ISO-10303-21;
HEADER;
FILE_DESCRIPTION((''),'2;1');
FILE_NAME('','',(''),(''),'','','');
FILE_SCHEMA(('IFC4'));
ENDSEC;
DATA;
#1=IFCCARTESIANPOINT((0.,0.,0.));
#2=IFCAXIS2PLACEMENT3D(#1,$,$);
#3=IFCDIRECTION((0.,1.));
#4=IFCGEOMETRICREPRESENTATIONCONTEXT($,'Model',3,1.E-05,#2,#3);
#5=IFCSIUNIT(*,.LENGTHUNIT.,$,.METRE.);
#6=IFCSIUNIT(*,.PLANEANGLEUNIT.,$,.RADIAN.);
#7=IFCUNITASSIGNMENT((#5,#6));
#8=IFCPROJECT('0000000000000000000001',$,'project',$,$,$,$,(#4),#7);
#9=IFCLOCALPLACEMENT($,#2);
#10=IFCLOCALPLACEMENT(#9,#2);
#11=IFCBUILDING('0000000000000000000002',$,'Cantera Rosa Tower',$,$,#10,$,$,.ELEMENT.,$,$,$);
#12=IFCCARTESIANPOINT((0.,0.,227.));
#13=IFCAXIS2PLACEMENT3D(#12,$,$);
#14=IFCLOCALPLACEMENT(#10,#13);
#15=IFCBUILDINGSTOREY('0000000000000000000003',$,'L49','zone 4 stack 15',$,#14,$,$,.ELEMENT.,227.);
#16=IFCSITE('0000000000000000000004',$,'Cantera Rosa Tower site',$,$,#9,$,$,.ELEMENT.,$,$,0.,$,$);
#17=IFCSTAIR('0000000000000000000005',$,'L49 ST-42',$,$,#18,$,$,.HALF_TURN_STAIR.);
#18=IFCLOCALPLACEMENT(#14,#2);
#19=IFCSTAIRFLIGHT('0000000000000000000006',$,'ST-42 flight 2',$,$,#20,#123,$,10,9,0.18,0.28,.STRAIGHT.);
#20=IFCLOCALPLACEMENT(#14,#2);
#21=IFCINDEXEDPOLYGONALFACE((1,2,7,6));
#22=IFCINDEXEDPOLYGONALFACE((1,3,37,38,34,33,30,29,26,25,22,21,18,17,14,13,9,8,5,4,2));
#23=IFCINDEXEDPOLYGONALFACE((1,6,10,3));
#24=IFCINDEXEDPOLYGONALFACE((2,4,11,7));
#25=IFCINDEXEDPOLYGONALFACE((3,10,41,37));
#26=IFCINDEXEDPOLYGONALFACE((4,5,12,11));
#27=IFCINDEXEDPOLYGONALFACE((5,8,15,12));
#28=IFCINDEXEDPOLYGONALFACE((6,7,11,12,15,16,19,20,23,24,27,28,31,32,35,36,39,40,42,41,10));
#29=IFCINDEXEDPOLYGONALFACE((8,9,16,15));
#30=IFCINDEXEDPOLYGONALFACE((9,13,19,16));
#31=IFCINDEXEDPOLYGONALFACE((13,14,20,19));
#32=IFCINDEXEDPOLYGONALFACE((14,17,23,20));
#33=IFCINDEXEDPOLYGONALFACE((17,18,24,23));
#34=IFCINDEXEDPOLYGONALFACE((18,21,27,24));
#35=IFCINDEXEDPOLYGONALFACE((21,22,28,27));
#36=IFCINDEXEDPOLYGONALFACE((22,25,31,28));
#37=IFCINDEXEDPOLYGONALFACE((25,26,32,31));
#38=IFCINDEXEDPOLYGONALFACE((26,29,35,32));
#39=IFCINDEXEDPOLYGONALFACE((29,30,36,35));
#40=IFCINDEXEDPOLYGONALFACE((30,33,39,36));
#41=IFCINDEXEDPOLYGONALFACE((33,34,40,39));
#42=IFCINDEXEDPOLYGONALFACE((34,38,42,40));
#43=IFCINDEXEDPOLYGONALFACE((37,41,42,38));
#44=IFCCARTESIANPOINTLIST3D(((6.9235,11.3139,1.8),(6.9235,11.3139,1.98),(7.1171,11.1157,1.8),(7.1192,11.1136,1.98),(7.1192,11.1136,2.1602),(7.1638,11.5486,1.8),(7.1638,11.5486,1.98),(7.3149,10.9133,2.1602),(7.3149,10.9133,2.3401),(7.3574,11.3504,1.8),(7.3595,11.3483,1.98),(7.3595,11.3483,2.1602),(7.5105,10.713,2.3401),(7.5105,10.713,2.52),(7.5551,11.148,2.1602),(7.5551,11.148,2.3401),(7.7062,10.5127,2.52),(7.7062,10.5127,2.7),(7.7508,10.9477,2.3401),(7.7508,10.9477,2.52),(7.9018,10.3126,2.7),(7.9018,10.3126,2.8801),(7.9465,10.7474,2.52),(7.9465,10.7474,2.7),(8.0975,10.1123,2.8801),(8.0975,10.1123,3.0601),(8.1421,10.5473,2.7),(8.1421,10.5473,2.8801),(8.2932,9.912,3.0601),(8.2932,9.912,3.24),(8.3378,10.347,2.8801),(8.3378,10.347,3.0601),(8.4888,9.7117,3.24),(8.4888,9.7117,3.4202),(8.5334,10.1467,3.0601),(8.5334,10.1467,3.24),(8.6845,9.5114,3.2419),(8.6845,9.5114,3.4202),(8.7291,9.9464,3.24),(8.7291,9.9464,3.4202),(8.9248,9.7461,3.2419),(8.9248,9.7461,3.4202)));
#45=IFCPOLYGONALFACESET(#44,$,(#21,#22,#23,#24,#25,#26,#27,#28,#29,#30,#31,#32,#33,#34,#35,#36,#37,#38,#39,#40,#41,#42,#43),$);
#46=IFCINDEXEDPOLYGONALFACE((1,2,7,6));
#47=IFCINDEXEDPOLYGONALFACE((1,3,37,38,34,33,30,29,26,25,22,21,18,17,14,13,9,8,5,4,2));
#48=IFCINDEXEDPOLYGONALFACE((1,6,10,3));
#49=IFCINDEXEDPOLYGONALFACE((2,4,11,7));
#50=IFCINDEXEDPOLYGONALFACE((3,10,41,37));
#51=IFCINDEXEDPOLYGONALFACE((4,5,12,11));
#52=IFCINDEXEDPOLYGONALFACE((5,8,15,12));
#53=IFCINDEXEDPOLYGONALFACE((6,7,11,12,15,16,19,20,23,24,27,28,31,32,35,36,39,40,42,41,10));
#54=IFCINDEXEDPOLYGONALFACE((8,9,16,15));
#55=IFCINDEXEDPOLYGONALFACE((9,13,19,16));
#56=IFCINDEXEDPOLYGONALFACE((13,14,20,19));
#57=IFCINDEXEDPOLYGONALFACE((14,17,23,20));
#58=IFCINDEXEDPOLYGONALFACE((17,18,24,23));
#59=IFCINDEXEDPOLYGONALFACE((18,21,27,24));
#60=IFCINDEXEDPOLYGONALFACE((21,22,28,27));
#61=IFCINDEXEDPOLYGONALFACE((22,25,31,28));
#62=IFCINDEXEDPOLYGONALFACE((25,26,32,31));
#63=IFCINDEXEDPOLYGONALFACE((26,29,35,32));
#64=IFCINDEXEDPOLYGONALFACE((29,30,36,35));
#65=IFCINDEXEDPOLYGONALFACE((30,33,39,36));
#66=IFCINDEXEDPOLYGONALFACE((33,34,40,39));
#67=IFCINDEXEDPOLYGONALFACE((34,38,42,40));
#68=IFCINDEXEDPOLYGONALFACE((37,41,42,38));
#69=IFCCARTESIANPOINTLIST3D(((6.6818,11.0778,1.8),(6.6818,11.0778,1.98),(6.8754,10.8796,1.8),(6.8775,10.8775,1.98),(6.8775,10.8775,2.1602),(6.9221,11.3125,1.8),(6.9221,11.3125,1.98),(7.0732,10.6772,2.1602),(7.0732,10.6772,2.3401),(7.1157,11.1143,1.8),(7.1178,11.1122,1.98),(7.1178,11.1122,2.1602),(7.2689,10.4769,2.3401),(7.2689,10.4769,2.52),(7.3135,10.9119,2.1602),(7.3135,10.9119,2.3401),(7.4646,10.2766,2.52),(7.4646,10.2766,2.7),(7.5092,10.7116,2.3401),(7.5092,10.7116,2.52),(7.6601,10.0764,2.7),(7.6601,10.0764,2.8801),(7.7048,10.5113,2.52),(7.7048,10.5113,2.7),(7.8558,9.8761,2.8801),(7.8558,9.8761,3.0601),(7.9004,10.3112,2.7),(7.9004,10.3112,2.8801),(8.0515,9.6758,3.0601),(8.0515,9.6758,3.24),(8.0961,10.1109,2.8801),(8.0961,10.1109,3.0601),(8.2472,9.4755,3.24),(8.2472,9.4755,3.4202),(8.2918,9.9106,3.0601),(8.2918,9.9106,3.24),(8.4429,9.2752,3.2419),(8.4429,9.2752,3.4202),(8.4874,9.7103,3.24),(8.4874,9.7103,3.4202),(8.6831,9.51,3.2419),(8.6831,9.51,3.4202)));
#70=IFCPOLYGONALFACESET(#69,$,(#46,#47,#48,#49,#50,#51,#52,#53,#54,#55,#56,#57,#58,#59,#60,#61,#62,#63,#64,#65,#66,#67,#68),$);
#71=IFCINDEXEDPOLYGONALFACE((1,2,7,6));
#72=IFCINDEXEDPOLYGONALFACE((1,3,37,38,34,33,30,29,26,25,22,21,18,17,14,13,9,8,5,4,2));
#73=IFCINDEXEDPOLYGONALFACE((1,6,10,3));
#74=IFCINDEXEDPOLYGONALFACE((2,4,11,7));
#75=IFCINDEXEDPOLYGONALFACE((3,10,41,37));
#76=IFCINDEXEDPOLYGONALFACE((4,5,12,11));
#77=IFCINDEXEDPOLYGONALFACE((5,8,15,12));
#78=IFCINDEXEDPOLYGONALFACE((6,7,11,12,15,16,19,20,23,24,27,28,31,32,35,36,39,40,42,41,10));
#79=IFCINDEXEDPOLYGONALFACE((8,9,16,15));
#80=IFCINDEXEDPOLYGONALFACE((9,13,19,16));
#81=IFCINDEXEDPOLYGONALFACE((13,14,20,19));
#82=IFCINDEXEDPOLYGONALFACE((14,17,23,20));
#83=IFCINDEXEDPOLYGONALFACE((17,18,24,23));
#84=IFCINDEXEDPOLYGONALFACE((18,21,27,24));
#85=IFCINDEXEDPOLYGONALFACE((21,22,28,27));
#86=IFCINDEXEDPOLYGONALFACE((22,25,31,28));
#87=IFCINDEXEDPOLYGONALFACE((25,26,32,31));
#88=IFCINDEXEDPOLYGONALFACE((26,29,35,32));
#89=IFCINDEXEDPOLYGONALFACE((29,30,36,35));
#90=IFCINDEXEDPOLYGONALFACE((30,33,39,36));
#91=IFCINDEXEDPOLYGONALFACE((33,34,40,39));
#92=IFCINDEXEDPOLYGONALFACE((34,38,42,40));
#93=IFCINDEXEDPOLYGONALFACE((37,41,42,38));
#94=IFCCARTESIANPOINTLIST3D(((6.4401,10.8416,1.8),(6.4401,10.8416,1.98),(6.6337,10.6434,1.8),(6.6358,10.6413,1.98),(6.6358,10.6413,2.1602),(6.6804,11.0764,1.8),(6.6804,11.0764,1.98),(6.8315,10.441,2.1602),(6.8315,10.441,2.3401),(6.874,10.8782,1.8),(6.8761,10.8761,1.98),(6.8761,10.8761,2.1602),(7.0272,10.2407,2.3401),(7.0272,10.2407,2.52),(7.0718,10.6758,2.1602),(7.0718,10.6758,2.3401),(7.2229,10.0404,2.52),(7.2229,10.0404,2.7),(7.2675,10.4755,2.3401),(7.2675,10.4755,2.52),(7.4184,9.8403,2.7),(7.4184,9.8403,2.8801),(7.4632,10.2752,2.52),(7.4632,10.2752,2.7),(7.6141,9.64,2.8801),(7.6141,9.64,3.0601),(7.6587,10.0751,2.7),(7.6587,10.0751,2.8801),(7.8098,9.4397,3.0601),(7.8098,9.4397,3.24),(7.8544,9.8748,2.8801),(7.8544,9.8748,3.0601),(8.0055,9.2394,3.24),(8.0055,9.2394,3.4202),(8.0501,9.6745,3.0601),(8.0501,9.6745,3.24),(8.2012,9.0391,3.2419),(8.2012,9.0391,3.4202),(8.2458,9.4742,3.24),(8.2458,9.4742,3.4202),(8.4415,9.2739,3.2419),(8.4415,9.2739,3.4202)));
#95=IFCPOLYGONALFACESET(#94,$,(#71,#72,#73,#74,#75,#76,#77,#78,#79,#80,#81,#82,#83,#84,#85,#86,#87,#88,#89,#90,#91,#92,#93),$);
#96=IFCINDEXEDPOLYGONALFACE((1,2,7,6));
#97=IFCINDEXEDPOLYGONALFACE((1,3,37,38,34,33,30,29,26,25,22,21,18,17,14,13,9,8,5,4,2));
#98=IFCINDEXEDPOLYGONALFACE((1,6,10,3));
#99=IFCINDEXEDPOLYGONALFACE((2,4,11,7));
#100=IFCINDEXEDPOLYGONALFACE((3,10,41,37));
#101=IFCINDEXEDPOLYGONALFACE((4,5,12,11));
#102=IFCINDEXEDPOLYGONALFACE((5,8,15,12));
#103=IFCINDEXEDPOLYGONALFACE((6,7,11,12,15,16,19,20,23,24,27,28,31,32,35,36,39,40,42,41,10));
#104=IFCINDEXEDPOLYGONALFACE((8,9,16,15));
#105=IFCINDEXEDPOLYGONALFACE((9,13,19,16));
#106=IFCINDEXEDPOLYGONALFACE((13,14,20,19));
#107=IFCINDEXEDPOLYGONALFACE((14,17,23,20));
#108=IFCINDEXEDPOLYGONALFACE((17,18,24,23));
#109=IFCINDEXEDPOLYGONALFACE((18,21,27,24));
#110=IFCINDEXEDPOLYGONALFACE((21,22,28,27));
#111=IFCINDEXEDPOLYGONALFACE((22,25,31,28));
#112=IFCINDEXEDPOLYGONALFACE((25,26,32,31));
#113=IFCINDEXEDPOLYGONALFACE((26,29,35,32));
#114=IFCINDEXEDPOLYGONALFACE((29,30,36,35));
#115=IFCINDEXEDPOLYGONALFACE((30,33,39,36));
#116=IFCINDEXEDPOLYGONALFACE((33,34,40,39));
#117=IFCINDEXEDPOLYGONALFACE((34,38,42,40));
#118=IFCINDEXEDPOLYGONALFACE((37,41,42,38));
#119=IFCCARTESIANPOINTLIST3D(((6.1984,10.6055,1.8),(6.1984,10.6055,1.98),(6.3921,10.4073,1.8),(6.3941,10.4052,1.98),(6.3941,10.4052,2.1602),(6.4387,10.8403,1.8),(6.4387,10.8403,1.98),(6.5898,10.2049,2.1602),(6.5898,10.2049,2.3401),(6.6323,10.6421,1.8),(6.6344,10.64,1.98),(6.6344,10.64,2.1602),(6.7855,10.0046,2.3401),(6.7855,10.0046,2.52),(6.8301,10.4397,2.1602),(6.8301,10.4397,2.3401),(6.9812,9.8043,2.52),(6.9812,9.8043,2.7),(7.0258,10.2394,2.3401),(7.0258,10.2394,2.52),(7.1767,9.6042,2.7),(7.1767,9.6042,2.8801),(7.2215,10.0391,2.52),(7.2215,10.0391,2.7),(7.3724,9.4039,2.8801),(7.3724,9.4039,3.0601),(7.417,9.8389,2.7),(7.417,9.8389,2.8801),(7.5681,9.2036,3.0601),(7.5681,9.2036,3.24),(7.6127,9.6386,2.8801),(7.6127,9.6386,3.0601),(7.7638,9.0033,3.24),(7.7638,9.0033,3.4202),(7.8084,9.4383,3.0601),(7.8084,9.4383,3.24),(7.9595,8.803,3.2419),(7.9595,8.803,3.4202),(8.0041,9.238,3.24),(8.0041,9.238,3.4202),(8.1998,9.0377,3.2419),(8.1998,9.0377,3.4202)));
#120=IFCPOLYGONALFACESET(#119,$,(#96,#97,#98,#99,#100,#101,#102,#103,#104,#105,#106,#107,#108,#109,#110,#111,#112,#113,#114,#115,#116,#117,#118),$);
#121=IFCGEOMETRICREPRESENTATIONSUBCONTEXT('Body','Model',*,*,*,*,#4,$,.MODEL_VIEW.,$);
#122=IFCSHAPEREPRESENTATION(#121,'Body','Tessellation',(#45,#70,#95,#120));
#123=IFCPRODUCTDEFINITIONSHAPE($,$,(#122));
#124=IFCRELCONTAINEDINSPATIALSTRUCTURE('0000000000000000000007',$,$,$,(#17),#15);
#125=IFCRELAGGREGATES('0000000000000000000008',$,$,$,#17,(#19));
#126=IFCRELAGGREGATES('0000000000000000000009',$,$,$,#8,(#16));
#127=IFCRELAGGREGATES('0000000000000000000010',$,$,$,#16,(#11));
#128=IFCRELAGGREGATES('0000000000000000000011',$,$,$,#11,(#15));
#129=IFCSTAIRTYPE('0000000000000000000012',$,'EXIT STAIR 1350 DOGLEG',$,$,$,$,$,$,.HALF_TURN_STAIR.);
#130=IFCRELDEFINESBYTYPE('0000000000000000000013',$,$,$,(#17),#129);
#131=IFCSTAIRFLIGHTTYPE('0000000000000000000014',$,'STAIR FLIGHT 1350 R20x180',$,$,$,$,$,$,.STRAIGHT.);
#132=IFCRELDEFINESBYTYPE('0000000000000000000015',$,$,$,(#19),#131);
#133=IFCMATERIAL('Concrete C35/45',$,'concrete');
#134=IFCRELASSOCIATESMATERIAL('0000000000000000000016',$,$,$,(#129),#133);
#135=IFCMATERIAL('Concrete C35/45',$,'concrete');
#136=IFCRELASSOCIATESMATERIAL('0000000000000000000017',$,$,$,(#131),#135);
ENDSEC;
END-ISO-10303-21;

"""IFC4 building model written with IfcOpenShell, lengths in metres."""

from ifc_helpers import new_model, si_unit, direction, frame, origin, place, context, subcontext, project, spatial, polyline, outline, extrude, material, type_object, element, aggregate, save


model = new_model("IFC4")

# Units and contexts
model_context = context("Model", 3, precision=1e-05, world=origin(), true_north=direction((0.0, 1.0)))
body_context = subcontext(model_context, "Body", "Model", "MODEL_VIEW")
ifc_project = project(units=[si_unit("LENGTHUNIT", "METRE"), si_unit("PLANEANGLEUNIT", "RADIAN")], contexts=[model_context])

# Site, building, storey
site_placement = place(None, origin())
site = spatial("IfcSite", under=ifc_project, at=site_placement, Name="Cantera Rosa Tower site", CompositionType="ELEMENT", RefElevation=0.0)
building_placement = place(site_placement, origin())
building = spatial("IfcBuilding", under=site, at=building_placement, Name="Cantera Rosa Tower", CompositionType="ELEMENT")
storey_placement = place(building_placement, frame((0.0, 0.0, 227.0)))
storey = spatial("IfcBuildingStorey", under=building, at=storey_placement, Name="L49", Description="zone 4 stack 15", CompositionType="ELEMENT", Elevation=227.0)

# Stair, stair flight
ifc_material_1 = material(Name="Concrete C35/45", Category="concrete")
stair_type = type_object("IfcStairType", Name="EXIT STAIR 1350 DOGLEG", PredefinedType="HALF_TURN_STAIR", material=ifc_material_1)
stair_placement = place(storey_placement, origin())
stair = element("IfcStair", 1, at=stair_placement, inside=storey, type_object=stair_type, Name="L49 ST-42", PredefinedType="HALF_TURN_STAIR")
ifc_material_2 = material(Name="Concrete C35/45", Category="concrete")
stair_flight_type = type_object("IfcStairFlightType", Name="STAIR FLIGHT 1350 R20x180", PredefinedType="STRAIGHT", material=ifc_material_2)
stair_flight_1_placement = place(storey_placement, frame((6.6809, 11.0769, 1.8), z_axis=(0.0, 0.0, 1.0), x_axis=(0.698832, -0.715286, 0.0)))
stair_flight_1 = element("IfcStairFlight", 2, at=stair_flight_1_placement, type_object=stair_flight_type, Name="ST-42 flight 2", NumberOfRisers=10, NumberOfTreads=9, PredefinedType="STRAIGHT", RiserHeight=0.18, TreadLength=0.28, context=body_context, shape_type="SweptSolid", body=[
    extrude(outline(polyline([(0.0, 0.0), (0.0, 0.1799), (0.28, 0.1799), (0.28, 0.3601), (0.5601, 0.3601), (0.5601, 0.54), (0.8401, 0.54), (0.8401, 0.72), (1.1201, 0.72), (1.1201, 0.8999), (1.3999, 0.8999), (1.3999, 1.0801), (1.6799, 1.0801), (1.6799, 1.26), (1.96, 1.26), (1.96, 1.4399), (2.24, 1.4399), (2.24, 1.6201), (2.52, 1.6201), (2.52, 1.8), (2.52, 1.4419), (0.2771, 0.0), (0.0, 0.0)])), frame((0.0, 0.675, 0.0), z_axis=(0.0, -1.0, 0.0), x_axis=(1.0, 0.0, 0.0)), (0.0, 0.0, 1.0), 0.3359),
    extrude(outline(polyline([(0.0, 0.0), (0.0, 0.1799), (0.28, 0.1799), (0.28, 0.3601), (0.5601, 0.3601), (0.5601, 0.54), (0.8401, 0.54), (0.8401, 0.72), (1.1201, 0.72), (1.1201, 0.8999), (1.3999, 0.8999), (1.3999, 1.0801), (1.6799, 1.0801), (1.6799, 1.26), (1.96, 1.26), (1.96, 1.4399), (2.24, 1.4399), (2.24, 1.6201), (2.52, 1.6201), (2.52, 1.8), (2.52, 1.4419), (0.2771, 0.0), (0.0, 0.0)])), frame((0.0, 0.3372, 0.0), z_axis=(0.0, -1.0, 0.0), x_axis=(1.0, 0.0, 0.0)), (0.0, 0.0, 1.0), 0.3359),
    extrude(outline(polyline([(0.0, 0.0), (0.0, 0.1799), (0.28, 0.1799), (0.28, 0.3601), (0.5601, 0.3601), (0.5601, 0.54), (0.8401, 0.54), (0.8401, 0.72), (1.1201, 0.72), (1.1201, 0.8999), (1.3999, 0.8999), (1.3999, 1.0801), (1.6799, 1.0801), (1.6799, 1.26), (1.96, 1.26), (1.96, 1.4399), (2.24, 1.4399), (2.24, 1.6201), (2.52, 1.6201), (2.52, 1.8), (2.52, 1.4419), (0.2771, 0.0), (0.0, 0.0)])), frame((0.0, -0.0007, 0.0), z_axis=(0.0, -1.0, 0.0), x_axis=(1.0, 0.0, 0.0)), (0.0, 0.0, 1.0), 0.3359),
    extrude(outline(polyline([(0.0, 0.0), (0.0, 0.1799), (0.28, 0.1799), (0.28, 0.3601), (0.5601, 0.3601), (0.5601, 0.54), (0.8401, 0.54), (0.8401, 0.72), (1.1201, 0.72), (1.1201, 0.8999), (1.3999, 0.8999), (1.3999, 1.0801), (1.6799, 1.0801), (1.6799, 1.26), (1.96, 1.26), (1.96, 1.4399), (2.24, 1.4399), (2.24, 1.6201), (2.52, 1.6201), (2.52, 1.8), (2.52, 1.4419), (0.2771, 0.0), (0.0, 0.0)])), frame((0.0, -0.3386, 0.0), z_axis=(0.0, -1.0, 0.0), x_axis=(1.0, 0.0, 0.0)), (0.0, 0.0, 1.0), 0.3359),
])
aggregate(stair, [stair_flight_1])

save(model, "model.ifc")
